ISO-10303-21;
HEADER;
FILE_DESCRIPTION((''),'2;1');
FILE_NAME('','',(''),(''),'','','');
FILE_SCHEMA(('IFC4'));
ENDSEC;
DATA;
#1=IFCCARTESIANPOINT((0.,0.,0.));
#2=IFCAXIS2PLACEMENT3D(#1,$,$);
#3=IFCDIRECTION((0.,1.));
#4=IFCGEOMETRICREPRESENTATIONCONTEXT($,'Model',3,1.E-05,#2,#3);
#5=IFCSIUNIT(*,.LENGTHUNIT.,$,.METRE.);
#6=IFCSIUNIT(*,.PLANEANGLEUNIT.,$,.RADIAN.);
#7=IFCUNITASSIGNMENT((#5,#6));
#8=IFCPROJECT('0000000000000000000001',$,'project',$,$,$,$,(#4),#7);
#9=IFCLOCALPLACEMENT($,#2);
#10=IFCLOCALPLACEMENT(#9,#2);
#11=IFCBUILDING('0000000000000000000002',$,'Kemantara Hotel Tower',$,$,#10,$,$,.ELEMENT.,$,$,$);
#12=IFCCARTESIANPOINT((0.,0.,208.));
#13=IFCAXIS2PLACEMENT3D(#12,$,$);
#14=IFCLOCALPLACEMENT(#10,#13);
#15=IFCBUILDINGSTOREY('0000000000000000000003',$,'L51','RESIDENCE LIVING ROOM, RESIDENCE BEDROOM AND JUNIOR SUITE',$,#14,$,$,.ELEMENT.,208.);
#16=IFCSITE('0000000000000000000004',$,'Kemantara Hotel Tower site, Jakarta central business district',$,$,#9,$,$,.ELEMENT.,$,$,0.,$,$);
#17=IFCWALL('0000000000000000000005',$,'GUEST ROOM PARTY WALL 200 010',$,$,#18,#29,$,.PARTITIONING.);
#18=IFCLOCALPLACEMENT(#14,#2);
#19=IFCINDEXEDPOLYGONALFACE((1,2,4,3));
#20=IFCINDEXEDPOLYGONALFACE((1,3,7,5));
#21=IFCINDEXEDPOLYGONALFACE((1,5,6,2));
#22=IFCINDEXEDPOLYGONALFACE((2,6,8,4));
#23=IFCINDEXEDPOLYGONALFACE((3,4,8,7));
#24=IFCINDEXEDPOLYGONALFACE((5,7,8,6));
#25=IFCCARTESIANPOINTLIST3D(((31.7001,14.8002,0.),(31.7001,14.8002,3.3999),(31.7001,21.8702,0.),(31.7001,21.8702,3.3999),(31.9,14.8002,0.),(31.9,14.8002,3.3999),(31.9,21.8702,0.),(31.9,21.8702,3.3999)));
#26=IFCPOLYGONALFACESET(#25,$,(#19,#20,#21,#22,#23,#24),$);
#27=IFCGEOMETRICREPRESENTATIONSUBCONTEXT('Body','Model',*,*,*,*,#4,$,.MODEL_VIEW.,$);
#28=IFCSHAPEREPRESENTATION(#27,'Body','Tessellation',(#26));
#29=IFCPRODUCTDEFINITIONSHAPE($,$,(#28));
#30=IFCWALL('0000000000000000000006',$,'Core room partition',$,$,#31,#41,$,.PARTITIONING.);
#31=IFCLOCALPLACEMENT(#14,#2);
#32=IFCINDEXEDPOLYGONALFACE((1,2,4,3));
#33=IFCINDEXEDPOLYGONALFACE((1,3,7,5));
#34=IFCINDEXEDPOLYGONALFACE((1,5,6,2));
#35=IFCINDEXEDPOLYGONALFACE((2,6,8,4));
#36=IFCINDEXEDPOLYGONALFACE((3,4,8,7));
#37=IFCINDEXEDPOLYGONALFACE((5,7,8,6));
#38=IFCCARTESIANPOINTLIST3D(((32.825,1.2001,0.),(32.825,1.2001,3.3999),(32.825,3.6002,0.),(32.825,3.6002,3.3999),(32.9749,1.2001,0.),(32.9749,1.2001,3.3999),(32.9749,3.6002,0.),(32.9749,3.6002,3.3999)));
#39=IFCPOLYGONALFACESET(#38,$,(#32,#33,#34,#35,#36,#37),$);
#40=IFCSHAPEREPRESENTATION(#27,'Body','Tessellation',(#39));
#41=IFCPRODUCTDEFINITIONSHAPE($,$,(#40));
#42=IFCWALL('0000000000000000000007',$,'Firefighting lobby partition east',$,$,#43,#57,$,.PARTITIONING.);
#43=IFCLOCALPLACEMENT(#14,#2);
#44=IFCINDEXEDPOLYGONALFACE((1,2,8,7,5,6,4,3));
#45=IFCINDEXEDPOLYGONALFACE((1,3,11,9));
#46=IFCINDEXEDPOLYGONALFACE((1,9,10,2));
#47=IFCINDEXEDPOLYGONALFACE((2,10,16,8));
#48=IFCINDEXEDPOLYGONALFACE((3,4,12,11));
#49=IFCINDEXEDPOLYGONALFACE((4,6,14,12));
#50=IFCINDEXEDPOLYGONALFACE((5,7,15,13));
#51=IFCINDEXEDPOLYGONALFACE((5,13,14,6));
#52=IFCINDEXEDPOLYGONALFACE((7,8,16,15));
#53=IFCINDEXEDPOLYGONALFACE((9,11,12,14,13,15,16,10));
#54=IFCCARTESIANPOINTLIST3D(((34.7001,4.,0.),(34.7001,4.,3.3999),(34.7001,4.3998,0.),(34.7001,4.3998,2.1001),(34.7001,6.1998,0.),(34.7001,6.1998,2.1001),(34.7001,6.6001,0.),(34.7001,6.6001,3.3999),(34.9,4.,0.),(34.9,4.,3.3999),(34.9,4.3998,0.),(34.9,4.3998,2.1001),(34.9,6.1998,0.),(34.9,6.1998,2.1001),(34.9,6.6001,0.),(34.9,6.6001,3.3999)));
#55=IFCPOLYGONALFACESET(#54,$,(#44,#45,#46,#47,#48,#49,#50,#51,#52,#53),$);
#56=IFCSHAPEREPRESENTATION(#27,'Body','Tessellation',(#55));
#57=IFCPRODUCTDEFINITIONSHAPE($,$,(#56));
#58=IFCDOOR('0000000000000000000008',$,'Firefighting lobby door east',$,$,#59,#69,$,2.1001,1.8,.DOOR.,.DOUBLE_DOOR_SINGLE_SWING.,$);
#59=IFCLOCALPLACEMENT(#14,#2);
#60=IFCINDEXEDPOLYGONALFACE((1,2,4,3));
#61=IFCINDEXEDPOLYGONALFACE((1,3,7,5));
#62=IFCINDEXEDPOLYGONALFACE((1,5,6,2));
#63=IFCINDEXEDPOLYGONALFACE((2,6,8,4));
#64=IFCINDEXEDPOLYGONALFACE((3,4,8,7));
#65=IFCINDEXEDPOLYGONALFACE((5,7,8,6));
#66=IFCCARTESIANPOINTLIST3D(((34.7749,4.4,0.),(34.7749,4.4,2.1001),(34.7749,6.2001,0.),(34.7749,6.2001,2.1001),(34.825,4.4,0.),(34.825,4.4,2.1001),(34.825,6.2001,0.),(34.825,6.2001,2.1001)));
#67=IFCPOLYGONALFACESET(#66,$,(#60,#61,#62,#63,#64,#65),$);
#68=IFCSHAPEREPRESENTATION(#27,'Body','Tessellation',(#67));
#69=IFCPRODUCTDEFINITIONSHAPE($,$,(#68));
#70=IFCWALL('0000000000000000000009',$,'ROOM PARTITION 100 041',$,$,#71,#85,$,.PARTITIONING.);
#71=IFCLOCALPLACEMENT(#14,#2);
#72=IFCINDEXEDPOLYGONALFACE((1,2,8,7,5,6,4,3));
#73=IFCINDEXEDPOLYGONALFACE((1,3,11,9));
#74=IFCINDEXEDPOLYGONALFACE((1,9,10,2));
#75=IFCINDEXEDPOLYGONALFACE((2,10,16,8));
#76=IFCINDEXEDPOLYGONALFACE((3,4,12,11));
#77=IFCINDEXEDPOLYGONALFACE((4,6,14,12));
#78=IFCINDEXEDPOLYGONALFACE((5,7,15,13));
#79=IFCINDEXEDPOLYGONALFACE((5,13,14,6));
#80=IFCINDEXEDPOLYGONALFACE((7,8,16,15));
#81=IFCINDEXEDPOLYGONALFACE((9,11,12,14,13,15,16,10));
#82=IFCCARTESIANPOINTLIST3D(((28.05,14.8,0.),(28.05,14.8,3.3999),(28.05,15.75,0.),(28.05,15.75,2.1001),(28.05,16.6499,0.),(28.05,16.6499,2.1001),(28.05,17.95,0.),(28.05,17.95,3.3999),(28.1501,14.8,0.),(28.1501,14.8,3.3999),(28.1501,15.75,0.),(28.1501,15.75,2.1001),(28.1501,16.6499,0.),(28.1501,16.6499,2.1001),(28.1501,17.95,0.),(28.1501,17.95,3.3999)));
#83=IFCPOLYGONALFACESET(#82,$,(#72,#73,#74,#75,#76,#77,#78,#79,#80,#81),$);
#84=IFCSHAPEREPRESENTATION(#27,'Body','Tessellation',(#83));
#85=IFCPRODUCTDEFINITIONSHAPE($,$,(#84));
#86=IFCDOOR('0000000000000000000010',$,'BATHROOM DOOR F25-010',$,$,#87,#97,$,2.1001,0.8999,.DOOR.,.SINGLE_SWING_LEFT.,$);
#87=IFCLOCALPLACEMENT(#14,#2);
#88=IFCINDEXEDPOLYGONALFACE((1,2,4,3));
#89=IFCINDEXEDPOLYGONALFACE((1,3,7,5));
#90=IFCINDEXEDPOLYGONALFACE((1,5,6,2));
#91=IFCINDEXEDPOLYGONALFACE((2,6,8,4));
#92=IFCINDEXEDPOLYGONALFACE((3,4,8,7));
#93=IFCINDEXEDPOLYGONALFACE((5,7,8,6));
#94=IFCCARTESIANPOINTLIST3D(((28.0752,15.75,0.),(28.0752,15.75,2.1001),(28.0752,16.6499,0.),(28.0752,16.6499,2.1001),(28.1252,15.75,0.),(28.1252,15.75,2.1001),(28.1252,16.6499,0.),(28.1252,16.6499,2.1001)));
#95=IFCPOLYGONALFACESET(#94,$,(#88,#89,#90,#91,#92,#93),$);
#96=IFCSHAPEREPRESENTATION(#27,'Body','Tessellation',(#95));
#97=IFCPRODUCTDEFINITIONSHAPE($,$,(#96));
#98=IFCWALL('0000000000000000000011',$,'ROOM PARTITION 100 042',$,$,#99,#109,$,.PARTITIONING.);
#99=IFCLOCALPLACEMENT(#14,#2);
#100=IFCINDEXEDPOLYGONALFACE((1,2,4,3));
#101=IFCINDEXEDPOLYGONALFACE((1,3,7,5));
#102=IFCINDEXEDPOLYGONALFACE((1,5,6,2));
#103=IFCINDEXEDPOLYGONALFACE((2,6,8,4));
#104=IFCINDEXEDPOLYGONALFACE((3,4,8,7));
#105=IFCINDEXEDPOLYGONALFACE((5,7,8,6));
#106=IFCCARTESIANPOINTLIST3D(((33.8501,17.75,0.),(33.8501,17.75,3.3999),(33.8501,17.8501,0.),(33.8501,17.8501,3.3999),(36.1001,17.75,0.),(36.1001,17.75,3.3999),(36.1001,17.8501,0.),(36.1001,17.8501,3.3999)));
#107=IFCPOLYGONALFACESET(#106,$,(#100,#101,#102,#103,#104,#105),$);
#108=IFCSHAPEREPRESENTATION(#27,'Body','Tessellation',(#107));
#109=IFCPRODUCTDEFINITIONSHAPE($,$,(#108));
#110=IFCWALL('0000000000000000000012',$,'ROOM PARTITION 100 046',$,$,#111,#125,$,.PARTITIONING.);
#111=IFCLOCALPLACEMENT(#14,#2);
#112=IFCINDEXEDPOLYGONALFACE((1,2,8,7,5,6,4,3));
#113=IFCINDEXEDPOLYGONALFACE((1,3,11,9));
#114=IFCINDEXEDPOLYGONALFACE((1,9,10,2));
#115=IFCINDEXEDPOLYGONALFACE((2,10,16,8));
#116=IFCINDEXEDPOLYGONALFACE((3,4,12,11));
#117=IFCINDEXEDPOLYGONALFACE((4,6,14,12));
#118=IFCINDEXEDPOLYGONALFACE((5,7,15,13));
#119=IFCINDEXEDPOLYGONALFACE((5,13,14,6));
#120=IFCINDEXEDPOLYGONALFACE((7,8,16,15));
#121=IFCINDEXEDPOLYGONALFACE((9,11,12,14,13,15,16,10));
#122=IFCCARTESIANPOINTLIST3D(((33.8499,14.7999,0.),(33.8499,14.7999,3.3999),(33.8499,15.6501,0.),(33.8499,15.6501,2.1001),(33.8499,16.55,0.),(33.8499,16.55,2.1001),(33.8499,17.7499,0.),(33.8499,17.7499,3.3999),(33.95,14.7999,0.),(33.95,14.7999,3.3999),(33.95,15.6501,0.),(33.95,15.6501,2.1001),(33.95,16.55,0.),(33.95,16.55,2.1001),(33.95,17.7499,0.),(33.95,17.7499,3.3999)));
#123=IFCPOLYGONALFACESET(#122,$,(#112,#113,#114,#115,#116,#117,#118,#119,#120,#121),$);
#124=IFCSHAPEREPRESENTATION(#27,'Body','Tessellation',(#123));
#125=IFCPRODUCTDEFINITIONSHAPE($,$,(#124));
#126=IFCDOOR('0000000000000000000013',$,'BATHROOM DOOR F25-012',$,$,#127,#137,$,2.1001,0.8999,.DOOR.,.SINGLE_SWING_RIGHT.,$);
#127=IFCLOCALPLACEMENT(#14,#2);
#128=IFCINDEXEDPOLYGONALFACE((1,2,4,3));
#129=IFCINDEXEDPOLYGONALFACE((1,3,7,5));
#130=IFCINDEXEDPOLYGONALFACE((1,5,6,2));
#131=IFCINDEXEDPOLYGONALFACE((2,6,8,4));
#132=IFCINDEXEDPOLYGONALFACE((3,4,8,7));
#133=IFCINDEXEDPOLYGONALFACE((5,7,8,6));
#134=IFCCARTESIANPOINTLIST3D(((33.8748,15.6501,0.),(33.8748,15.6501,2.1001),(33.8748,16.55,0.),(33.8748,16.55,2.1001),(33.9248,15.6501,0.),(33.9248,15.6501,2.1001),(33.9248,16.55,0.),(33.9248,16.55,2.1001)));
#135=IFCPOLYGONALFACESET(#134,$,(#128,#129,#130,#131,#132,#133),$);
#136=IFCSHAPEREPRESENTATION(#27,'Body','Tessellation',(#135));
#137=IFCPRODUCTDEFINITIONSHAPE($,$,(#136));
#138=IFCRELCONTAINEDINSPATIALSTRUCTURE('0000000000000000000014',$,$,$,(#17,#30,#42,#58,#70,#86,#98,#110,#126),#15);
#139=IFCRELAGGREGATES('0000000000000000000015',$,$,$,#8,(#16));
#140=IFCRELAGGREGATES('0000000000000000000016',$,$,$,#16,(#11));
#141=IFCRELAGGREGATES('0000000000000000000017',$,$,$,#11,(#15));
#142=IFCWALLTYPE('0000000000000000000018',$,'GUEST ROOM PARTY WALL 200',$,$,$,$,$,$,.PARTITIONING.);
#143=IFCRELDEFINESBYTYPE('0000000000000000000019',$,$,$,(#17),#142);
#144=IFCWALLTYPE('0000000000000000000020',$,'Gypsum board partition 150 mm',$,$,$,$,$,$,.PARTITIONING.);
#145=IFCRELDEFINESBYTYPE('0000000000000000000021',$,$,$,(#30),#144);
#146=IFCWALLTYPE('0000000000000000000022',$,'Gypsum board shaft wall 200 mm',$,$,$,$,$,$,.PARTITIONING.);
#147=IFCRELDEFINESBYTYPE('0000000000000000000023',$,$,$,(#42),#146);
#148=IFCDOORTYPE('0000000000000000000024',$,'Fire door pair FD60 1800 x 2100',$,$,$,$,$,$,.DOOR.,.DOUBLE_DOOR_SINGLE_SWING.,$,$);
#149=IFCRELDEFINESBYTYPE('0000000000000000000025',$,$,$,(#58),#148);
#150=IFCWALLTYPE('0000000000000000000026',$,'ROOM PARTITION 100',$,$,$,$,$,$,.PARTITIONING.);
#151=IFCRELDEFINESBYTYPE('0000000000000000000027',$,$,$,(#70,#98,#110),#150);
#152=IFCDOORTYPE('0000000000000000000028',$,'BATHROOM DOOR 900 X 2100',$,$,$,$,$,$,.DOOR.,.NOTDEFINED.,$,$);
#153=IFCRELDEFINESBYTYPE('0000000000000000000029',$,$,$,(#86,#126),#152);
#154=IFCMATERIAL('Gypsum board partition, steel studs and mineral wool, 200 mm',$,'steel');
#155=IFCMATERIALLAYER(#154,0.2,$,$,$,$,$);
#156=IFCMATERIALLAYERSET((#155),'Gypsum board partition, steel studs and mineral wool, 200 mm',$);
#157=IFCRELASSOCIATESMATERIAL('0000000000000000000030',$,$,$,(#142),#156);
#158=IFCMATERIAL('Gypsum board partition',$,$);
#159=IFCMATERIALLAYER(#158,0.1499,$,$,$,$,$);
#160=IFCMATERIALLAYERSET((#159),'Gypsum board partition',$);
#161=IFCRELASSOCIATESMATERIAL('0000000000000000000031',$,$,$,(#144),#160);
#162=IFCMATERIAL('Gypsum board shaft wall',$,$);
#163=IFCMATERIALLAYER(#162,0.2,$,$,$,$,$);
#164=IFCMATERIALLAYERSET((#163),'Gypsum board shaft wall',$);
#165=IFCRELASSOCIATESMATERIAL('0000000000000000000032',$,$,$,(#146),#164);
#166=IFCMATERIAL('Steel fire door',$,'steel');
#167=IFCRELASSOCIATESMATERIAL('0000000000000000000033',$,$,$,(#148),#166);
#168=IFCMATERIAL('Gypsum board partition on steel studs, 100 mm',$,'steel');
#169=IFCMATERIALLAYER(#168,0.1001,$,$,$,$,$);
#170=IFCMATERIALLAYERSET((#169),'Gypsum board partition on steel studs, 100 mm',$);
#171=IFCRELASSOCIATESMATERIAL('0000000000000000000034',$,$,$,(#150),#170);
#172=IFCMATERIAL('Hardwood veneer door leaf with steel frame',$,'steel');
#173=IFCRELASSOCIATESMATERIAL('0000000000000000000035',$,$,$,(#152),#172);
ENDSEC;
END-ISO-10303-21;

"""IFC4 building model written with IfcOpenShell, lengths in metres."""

from ifc_helpers import new_model, si_unit, direction, frame, frame_2d, origin, place, context, subcontext, project, spatial, rectangle, extrude, material, layer, layer_set, type_object, element, fill, save


model = new_model("IFC4")

# Units and contexts
model_context = context("Model", 3, precision=1e-05, world=origin(), true_north=direction((0.0, 1.0)))
body_context = subcontext(model_context, "Body", "Model", "MODEL_VIEW")
ifc_project = project(units=[si_unit("LENGTHUNIT", "METRE"), si_unit("PLANEANGLEUNIT", "RADIAN")], contexts=[model_context])

# Site, building, storey
site_placement = place(None, origin())
site = spatial("IfcSite", under=ifc_project, at=site_placement, Name="Kemantara Hotel Tower site, Jakarta central business district", CompositionType="ELEMENT", RefElevation=0.0)
building_placement = place(site_placement, origin())
building = spatial("IfcBuilding", under=site, at=building_placement, Name="Kemantara Hotel Tower", CompositionType="ELEMENT")
storey_placement = place(building_placement, frame((0.0, 0.0, 208.0)))
storey = spatial("IfcBuildingStorey", under=building, at=storey_placement, Name="L51", Description="RESIDENCE LIVING ROOM, RESIDENCE BEDROOM AND JUNIOR SUITE", CompositionType="ELEMENT", Elevation=208.0)

# Shared definitions
ifc_material_1 = material(Name="Gypsum board partition, steel studs and mineral wool, 200 mm", Category="steel")
ifc_material_2 = material(Name="Hardwood veneer door leaf with steel frame", Category="steel")

# Walls
ifc_layer_1 = layer(ifc_material_1, 0.2)
ifc_layer_set_1 = layer_set([ifc_layer_1], Name="Gypsum board partition, steel studs and mineral wool, 200 mm")
wall_type_1 = type_object("IfcWallType", Name="GUEST ROOM PARTY WALL 200", PredefinedType="PARTITIONING", material=ifc_layer_set_1)
wall_1_placement = place(storey_placement, frame((31.8, 14.8, 0.0), z_axis=(0.0, 0.0, 1.0), x_axis=(0.0, 1.0, 0.0)))
element("IfcWall", 1, at=wall_1_placement, inside=storey, type_object=wall_type_1, Name="GUEST ROOM PARTY WALL 200 010", PredefinedType="PARTITIONING", context=body_context, shape_type="SweptSolid", body=[
    extrude(rectangle(XDim=7.0701, YDim=0.2, at=frame_2d((3.5352, 0.0))), origin(), (0.0, 0.0, 1.0), 3.3999),
])
ifc_material_3 = material(Name="Gypsum board partition")
ifc_layer_2 = layer(ifc_material_3, 0.1499)
ifc_layer_set_2 = layer_set([ifc_layer_2], Name="Gypsum board partition")
wall_type_2 = type_object("IfcWallType", Name="Gypsum board partition 150 mm", PredefinedType="PARTITIONING", material=ifc_layer_set_2)
wall_2_placement = place(storey_placement, frame((32.8999, 1.2, 0.0), z_axis=(0.0, 0.0, 1.0), x_axis=(0.0, 1.0, 0.0)))
element("IfcWall", 2, at=wall_2_placement, inside=storey, type_object=wall_type_2, Name="Core room partition", PredefinedType="PARTITIONING", context=body_context, shape_type="SweptSolid", body=[
    extrude(rectangle(XDim=2.4001, YDim=0.1499, at=frame_2d((1.2002, 0.0))), origin(), (0.0, 0.0, 1.0), 3.3999),
])

# Walls, openings, doors
ifc_material_4 = material(Name="Gypsum board shaft wall")
ifc_layer_3 = layer(ifc_material_4, 0.2)
ifc_layer_set_3 = layer_set([ifc_layer_3], Name="Gypsum board shaft wall")
wall_type_3 = type_object("IfcWallType", Name="Gypsum board shaft wall 200 mm", PredefinedType="PARTITIONING", material=ifc_layer_set_3)
wall_3_placement = place(storey_placement, frame((34.8, 4.0, 0.0), z_axis=(0.0, 0.0, 1.0), x_axis=(0.0, 1.0, 0.0)))
wall_3 = element("IfcWall", 3, at=wall_3_placement, inside=storey, type_object=wall_type_3, Name="Firefighting lobby partition east", PredefinedType="PARTITIONING", context=body_context, shape_type="SweptSolid", body=[
    extrude(rectangle(XDim=2.6001, YDim=0.2, at=frame_2d((1.3, 0.0))), origin(), (0.0, 0.0, 1.0), 3.3999),
])
opening_1_placement = place(wall_3_placement, frame((0.3999, 0.0, 0.0)))
opening_1 = element("IfcOpeningElement", 4, at=opening_1_placement, cuts=wall_3, PredefinedType="OPENING", context=body_context, shape_type="SweptSolid", body=[
    extrude(rectangle(XDim=1.8, YDim=2.1001, at=frame_2d((0.8999, 1.05))), frame((0.0, 0.1099, 0.0), z_axis=(0.0, -1.0, 0.0), x_axis=(1.0, 0.0, 0.0)), (0.0, 0.0, 1.0), 0.22),
])
ifc_material_5 = material(Name="Steel fire door", Category="steel")
door_type_1 = type_object("IfcDoorType", Name="Fire door pair FD60 1800 x 2100", OperationType="DOUBLE_DOOR_SINGLE_SWING", PredefinedType="DOOR", material=ifc_material_5)
door_1_placement = place(opening_1_placement, frame((1.8, 0.0, 0.0), z_axis=(0.0, 0.0, 1.0), x_axis=(-1.0, 0.0, 0.0)))
door_1 = element("IfcDoor", 5, at=door_1_placement, inside=storey, type_object=door_type_1, Name="Firefighting lobby door east", OperationType="DOUBLE_DOOR_SINGLE_SWING", OverallHeight=2.1001, OverallWidth=1.8, PredefinedType="DOOR", context=body_context, shape_type="SweptSolid", body=[
    extrude(rectangle(XDim=1.8, YDim=2.1001, at=frame_2d((0.8999, 1.05))), frame((0.0, 0.0249, 0.0), z_axis=(0.0, -1.0, 0.0), x_axis=(1.0, 0.0, 0.0)), (0.0, 0.0, 1.0), 0.05),
])
fill(opening_1, door_1)
ifc_material_6 = material(Name="Gypsum board partition on steel studs, 100 mm", Category="steel")
ifc_layer_4 = layer(ifc_material_6, 0.1001)
ifc_layer_set_4 = layer_set([ifc_layer_4], Name="Gypsum board partition on steel studs, 100 mm")
wall_type_4 = type_object("IfcWallType", Name="ROOM PARTITION 100", PredefinedType="PARTITIONING", material=ifc_layer_set_4)
wall_4_placement = place(storey_placement, frame((28.1001, 14.8, 0.0), z_axis=(0.0, 0.0, 1.0), x_axis=(0.0, 1.0, 0.0)))
wall_4 = element("IfcWall", 6, at=wall_4_placement, inside=storey, type_object=wall_type_4, Name="ROOM PARTITION 100 041", PredefinedType="PARTITIONING", context=body_context, shape_type="SweptSolid", body=[
    extrude(rectangle(XDim=3.1499, YDim=0.1001, at=frame_2d((1.575, 0.0))), origin(), (0.0, 0.0, 1.0), 3.3999),
])
opening_2_placement = place(wall_4_placement, frame((0.95, 0.0, 0.0)))
opening_2 = element("IfcOpeningElement", 7, at=opening_2_placement, cuts=wall_4, PredefinedType="OPENING", context=body_context, shape_type="SweptSolid", body=[
    extrude(rectangle(XDim=0.8999, YDim=2.1001, at=frame_2d((0.45, 1.05))), frame((0.0, 0.0601, 0.0), z_axis=(0.0, -1.0, 0.0), x_axis=(1.0, 0.0, 0.0)), (0.0, 0.0, 1.0), 0.1201),
])
door_type_2 = type_object("IfcDoorType", Name="BATHROOM DOOR 900 X 2100", OperationType="NOTDEFINED", PredefinedType="DOOR", material=ifc_material_2)
door_2_placement = place(opening_2_placement, origin())
door_2 = element("IfcDoor", 8, at=door_2_placement, inside=storey, type_object=door_type_2, Name="BATHROOM DOOR F25-010", OperationType="SINGLE_SWING_LEFT", OverallHeight=2.1001, OverallWidth=0.8999, PredefinedType="DOOR", context=body_context, shape_type="SweptSolid", body=[
    extrude(rectangle(XDim=0.8999, YDim=2.1001, at=frame_2d((0.45, 1.05))), frame((0.0, 0.0249, 0.0), z_axis=(0.0, -1.0, 0.0), x_axis=(1.0, 0.0, 0.0)), (0.0, 0.0, 1.0), 0.05),
])
fill(opening_2, door_2)

# Wall
wall_5_placement = place(storey_placement, frame((33.8501, 17.8, 0.0), z_axis=(0.0, 0.0, 1.0), x_axis=(1.0, 0.0, 0.0)))
element("IfcWall", 9, at=wall_5_placement, inside=storey, type_object=wall_type_4, Name="ROOM PARTITION 100 042", PredefinedType="PARTITIONING", context=body_context, shape_type="SweptSolid", body=[
    extrude(rectangle(XDim=2.25, YDim=0.1001, at=frame_2d((1.125, 0.0))), origin(), (0.0, 0.0, 1.0), 3.3999),
])

# Wall, opening, door
wall_6_placement = place(storey_placement, frame((33.8999, 17.75, 0.0), z_axis=(0.0, 0.0, 1.0), x_axis=(0.0, -1.0, 0.0)))
wall_6 = element("IfcWall", 10, at=wall_6_placement, inside=storey, type_object=wall_type_4, Name="ROOM PARTITION 100 046", PredefinedType="PARTITIONING", context=body_context, shape_type="SweptSolid", body=[
    extrude(rectangle(XDim=2.95, YDim=0.1001, at=frame_2d((1.4751, 0.0))), origin(), (0.0, 0.0, 1.0), 3.3999),
])
opening_3_placement = place(wall_6_placement, frame((1.2, 0.0, 0.0)))
opening_3 = element("IfcOpeningElement", 11, at=opening_3_placement, cuts=wall_6, PredefinedType="OPENING", context=body_context, shape_type="SweptSolid", body=[
    extrude(rectangle(XDim=0.8999, YDim=2.1001, at=frame_2d((0.45, 1.05))), frame((0.0, 0.0601, 0.0), z_axis=(0.0, -1.0, 0.0), x_axis=(1.0, 0.0, 0.0)), (0.0, 0.0, 1.0), 0.1201),
])
door_3_placement = place(opening_3_placement, origin())
door_3 = element("IfcDoor", 12, at=door_3_placement, inside=storey, type_object=door_type_2, Name="BATHROOM DOOR F25-012", OperationType="SINGLE_SWING_RIGHT", OverallHeight=2.1001, OverallWidth=0.8999, PredefinedType="DOOR", context=body_context, shape_type="SweptSolid", body=[
    extrude(rectangle(XDim=0.8999, YDim=2.1001, at=frame_2d((0.45, 1.05))), frame((0.0, 0.0249, 0.0), z_axis=(0.0, -1.0, 0.0), x_axis=(1.0, 0.0, 0.0)), (0.0, 0.0, 1.0), 0.05),
])
fill(opening_3, door_3)

save(model, "model.ifc")
